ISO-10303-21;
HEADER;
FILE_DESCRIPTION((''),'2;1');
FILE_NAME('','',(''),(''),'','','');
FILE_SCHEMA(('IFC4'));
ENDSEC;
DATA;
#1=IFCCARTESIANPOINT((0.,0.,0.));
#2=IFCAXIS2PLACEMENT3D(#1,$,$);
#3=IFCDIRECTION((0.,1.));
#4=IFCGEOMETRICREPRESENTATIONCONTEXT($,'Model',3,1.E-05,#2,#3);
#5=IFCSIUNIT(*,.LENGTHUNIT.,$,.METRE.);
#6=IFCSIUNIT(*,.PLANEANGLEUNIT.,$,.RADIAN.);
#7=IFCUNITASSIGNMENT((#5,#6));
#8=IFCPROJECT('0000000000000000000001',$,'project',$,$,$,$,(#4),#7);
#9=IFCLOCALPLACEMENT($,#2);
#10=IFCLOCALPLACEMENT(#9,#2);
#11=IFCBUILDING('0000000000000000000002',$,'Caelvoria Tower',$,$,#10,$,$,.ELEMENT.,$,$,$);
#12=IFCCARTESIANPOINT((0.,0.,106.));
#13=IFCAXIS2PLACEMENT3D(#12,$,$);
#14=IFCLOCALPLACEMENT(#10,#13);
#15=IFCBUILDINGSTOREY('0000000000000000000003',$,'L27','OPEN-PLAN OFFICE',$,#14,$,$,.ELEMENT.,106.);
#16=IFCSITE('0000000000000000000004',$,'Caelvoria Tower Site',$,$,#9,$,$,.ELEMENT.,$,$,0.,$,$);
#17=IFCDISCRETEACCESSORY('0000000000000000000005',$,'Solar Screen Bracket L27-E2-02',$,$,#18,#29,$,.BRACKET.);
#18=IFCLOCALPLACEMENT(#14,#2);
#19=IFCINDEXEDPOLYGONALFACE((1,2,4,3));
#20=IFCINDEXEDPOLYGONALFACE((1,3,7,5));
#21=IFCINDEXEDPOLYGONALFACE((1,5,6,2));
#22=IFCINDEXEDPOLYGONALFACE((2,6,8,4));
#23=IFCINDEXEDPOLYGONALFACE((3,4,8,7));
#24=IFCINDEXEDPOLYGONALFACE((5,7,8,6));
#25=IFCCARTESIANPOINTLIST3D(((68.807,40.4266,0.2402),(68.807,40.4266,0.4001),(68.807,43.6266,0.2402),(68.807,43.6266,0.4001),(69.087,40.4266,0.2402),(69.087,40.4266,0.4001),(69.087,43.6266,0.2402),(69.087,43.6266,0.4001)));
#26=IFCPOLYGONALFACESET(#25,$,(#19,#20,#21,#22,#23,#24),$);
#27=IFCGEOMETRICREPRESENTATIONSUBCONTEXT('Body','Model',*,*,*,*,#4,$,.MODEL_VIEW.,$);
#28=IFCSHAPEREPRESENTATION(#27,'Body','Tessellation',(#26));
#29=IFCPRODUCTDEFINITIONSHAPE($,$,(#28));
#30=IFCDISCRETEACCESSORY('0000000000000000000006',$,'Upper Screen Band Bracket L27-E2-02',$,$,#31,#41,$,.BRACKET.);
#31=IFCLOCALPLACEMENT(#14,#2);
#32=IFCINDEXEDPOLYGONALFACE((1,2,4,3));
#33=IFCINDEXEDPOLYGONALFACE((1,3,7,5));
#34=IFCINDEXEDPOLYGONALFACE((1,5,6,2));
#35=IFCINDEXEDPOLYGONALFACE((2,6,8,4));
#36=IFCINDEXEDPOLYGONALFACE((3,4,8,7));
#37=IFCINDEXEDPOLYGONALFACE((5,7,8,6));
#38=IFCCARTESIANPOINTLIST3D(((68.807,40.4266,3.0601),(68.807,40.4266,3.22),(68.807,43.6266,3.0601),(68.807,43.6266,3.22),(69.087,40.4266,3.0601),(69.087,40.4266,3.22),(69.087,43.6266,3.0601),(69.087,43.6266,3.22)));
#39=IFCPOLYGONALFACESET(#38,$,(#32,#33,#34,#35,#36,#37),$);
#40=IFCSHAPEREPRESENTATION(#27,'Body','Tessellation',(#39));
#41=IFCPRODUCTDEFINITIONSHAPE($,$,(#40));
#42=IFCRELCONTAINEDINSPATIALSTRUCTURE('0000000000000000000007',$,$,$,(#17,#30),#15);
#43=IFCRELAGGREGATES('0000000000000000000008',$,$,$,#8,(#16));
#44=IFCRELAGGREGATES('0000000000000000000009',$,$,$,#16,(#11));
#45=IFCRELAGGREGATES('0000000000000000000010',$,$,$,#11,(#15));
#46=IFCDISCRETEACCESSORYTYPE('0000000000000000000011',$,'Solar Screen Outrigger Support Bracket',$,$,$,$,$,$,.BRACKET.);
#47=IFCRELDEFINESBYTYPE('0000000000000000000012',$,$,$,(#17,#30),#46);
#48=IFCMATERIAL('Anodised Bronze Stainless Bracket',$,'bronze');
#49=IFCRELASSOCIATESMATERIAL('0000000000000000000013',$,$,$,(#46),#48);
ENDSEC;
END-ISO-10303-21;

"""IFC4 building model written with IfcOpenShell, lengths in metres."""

from ifc_helpers import new_model, si_unit, direction, frame, origin, origin_2d, place, context, subcontext, project, spatial, rectangle, extrude, material, type_object, element, save


model = new_model("IFC4")

# Units and contexts
model_context = context("Model", 3, precision=1e-05, world=origin(), true_north=direction((0.0, 1.0)))
body_context = subcontext(model_context, "Body", "Model", "MODEL_VIEW")
ifc_project = project(units=[si_unit("LENGTHUNIT", "METRE"), si_unit("PLANEANGLEUNIT", "RADIAN")], contexts=[model_context])

# Site, building, storey
site_placement = place(None, origin())
site = spatial("IfcSite", under=ifc_project, at=site_placement, Name="Caelvoria Tower Site", CompositionType="ELEMENT", RefElevation=0.0)
building_placement = place(site_placement, origin())
building = spatial("IfcBuilding", under=site, at=building_placement, Name="Caelvoria Tower", CompositionType="ELEMENT")
storey_placement = place(building_placement, frame((0.0, 0.0, 106.0)))
storey = spatial("IfcBuildingStorey", under=building, at=storey_placement, Name="L27", Description="OPEN-PLAN OFFICE", CompositionType="ELEMENT", Elevation=106.0)

# Discrete accessories
ifc_material_1 = material(Name="Anodised Bronze Stainless Bracket", Category="bronze")
discrete_accessory_type = type_object("IfcDiscreteAccessoryType", Name="Solar Screen Outrigger Support Bracket", PredefinedType="BRACKET", material=ifc_material_1)
for number, where, z_axis, x_axis, name in (
    (1, (68.947, 42.0266, 0.2402), (0.0, 0.0, 1.0), (0.0, 1.0, 0.0), "Solar Screen Bracket L27-E2-02"),
    (2, (68.947, 42.0266, 3.0601), (0.0, 0.0, 1.0), (0.0, 1.0, 0.0), "Upper Screen Band Bracket L27-E2-02"),
):
    element("IfcDiscreteAccessory", number, at=place(storey_placement, frame(where, z_axis=z_axis, x_axis=x_axis)), inside=storey, type_object=discrete_accessory_type, Name=name, PredefinedType="BRACKET", context=body_context, shape_type="SweptSolid", body=[
        extrude(rectangle(XDim=3.2, YDim=0.28, at=origin_2d()), origin(), (0.0, 0.0, 1.0), 0.1599),
    ])

save(model, "model.ifc")
